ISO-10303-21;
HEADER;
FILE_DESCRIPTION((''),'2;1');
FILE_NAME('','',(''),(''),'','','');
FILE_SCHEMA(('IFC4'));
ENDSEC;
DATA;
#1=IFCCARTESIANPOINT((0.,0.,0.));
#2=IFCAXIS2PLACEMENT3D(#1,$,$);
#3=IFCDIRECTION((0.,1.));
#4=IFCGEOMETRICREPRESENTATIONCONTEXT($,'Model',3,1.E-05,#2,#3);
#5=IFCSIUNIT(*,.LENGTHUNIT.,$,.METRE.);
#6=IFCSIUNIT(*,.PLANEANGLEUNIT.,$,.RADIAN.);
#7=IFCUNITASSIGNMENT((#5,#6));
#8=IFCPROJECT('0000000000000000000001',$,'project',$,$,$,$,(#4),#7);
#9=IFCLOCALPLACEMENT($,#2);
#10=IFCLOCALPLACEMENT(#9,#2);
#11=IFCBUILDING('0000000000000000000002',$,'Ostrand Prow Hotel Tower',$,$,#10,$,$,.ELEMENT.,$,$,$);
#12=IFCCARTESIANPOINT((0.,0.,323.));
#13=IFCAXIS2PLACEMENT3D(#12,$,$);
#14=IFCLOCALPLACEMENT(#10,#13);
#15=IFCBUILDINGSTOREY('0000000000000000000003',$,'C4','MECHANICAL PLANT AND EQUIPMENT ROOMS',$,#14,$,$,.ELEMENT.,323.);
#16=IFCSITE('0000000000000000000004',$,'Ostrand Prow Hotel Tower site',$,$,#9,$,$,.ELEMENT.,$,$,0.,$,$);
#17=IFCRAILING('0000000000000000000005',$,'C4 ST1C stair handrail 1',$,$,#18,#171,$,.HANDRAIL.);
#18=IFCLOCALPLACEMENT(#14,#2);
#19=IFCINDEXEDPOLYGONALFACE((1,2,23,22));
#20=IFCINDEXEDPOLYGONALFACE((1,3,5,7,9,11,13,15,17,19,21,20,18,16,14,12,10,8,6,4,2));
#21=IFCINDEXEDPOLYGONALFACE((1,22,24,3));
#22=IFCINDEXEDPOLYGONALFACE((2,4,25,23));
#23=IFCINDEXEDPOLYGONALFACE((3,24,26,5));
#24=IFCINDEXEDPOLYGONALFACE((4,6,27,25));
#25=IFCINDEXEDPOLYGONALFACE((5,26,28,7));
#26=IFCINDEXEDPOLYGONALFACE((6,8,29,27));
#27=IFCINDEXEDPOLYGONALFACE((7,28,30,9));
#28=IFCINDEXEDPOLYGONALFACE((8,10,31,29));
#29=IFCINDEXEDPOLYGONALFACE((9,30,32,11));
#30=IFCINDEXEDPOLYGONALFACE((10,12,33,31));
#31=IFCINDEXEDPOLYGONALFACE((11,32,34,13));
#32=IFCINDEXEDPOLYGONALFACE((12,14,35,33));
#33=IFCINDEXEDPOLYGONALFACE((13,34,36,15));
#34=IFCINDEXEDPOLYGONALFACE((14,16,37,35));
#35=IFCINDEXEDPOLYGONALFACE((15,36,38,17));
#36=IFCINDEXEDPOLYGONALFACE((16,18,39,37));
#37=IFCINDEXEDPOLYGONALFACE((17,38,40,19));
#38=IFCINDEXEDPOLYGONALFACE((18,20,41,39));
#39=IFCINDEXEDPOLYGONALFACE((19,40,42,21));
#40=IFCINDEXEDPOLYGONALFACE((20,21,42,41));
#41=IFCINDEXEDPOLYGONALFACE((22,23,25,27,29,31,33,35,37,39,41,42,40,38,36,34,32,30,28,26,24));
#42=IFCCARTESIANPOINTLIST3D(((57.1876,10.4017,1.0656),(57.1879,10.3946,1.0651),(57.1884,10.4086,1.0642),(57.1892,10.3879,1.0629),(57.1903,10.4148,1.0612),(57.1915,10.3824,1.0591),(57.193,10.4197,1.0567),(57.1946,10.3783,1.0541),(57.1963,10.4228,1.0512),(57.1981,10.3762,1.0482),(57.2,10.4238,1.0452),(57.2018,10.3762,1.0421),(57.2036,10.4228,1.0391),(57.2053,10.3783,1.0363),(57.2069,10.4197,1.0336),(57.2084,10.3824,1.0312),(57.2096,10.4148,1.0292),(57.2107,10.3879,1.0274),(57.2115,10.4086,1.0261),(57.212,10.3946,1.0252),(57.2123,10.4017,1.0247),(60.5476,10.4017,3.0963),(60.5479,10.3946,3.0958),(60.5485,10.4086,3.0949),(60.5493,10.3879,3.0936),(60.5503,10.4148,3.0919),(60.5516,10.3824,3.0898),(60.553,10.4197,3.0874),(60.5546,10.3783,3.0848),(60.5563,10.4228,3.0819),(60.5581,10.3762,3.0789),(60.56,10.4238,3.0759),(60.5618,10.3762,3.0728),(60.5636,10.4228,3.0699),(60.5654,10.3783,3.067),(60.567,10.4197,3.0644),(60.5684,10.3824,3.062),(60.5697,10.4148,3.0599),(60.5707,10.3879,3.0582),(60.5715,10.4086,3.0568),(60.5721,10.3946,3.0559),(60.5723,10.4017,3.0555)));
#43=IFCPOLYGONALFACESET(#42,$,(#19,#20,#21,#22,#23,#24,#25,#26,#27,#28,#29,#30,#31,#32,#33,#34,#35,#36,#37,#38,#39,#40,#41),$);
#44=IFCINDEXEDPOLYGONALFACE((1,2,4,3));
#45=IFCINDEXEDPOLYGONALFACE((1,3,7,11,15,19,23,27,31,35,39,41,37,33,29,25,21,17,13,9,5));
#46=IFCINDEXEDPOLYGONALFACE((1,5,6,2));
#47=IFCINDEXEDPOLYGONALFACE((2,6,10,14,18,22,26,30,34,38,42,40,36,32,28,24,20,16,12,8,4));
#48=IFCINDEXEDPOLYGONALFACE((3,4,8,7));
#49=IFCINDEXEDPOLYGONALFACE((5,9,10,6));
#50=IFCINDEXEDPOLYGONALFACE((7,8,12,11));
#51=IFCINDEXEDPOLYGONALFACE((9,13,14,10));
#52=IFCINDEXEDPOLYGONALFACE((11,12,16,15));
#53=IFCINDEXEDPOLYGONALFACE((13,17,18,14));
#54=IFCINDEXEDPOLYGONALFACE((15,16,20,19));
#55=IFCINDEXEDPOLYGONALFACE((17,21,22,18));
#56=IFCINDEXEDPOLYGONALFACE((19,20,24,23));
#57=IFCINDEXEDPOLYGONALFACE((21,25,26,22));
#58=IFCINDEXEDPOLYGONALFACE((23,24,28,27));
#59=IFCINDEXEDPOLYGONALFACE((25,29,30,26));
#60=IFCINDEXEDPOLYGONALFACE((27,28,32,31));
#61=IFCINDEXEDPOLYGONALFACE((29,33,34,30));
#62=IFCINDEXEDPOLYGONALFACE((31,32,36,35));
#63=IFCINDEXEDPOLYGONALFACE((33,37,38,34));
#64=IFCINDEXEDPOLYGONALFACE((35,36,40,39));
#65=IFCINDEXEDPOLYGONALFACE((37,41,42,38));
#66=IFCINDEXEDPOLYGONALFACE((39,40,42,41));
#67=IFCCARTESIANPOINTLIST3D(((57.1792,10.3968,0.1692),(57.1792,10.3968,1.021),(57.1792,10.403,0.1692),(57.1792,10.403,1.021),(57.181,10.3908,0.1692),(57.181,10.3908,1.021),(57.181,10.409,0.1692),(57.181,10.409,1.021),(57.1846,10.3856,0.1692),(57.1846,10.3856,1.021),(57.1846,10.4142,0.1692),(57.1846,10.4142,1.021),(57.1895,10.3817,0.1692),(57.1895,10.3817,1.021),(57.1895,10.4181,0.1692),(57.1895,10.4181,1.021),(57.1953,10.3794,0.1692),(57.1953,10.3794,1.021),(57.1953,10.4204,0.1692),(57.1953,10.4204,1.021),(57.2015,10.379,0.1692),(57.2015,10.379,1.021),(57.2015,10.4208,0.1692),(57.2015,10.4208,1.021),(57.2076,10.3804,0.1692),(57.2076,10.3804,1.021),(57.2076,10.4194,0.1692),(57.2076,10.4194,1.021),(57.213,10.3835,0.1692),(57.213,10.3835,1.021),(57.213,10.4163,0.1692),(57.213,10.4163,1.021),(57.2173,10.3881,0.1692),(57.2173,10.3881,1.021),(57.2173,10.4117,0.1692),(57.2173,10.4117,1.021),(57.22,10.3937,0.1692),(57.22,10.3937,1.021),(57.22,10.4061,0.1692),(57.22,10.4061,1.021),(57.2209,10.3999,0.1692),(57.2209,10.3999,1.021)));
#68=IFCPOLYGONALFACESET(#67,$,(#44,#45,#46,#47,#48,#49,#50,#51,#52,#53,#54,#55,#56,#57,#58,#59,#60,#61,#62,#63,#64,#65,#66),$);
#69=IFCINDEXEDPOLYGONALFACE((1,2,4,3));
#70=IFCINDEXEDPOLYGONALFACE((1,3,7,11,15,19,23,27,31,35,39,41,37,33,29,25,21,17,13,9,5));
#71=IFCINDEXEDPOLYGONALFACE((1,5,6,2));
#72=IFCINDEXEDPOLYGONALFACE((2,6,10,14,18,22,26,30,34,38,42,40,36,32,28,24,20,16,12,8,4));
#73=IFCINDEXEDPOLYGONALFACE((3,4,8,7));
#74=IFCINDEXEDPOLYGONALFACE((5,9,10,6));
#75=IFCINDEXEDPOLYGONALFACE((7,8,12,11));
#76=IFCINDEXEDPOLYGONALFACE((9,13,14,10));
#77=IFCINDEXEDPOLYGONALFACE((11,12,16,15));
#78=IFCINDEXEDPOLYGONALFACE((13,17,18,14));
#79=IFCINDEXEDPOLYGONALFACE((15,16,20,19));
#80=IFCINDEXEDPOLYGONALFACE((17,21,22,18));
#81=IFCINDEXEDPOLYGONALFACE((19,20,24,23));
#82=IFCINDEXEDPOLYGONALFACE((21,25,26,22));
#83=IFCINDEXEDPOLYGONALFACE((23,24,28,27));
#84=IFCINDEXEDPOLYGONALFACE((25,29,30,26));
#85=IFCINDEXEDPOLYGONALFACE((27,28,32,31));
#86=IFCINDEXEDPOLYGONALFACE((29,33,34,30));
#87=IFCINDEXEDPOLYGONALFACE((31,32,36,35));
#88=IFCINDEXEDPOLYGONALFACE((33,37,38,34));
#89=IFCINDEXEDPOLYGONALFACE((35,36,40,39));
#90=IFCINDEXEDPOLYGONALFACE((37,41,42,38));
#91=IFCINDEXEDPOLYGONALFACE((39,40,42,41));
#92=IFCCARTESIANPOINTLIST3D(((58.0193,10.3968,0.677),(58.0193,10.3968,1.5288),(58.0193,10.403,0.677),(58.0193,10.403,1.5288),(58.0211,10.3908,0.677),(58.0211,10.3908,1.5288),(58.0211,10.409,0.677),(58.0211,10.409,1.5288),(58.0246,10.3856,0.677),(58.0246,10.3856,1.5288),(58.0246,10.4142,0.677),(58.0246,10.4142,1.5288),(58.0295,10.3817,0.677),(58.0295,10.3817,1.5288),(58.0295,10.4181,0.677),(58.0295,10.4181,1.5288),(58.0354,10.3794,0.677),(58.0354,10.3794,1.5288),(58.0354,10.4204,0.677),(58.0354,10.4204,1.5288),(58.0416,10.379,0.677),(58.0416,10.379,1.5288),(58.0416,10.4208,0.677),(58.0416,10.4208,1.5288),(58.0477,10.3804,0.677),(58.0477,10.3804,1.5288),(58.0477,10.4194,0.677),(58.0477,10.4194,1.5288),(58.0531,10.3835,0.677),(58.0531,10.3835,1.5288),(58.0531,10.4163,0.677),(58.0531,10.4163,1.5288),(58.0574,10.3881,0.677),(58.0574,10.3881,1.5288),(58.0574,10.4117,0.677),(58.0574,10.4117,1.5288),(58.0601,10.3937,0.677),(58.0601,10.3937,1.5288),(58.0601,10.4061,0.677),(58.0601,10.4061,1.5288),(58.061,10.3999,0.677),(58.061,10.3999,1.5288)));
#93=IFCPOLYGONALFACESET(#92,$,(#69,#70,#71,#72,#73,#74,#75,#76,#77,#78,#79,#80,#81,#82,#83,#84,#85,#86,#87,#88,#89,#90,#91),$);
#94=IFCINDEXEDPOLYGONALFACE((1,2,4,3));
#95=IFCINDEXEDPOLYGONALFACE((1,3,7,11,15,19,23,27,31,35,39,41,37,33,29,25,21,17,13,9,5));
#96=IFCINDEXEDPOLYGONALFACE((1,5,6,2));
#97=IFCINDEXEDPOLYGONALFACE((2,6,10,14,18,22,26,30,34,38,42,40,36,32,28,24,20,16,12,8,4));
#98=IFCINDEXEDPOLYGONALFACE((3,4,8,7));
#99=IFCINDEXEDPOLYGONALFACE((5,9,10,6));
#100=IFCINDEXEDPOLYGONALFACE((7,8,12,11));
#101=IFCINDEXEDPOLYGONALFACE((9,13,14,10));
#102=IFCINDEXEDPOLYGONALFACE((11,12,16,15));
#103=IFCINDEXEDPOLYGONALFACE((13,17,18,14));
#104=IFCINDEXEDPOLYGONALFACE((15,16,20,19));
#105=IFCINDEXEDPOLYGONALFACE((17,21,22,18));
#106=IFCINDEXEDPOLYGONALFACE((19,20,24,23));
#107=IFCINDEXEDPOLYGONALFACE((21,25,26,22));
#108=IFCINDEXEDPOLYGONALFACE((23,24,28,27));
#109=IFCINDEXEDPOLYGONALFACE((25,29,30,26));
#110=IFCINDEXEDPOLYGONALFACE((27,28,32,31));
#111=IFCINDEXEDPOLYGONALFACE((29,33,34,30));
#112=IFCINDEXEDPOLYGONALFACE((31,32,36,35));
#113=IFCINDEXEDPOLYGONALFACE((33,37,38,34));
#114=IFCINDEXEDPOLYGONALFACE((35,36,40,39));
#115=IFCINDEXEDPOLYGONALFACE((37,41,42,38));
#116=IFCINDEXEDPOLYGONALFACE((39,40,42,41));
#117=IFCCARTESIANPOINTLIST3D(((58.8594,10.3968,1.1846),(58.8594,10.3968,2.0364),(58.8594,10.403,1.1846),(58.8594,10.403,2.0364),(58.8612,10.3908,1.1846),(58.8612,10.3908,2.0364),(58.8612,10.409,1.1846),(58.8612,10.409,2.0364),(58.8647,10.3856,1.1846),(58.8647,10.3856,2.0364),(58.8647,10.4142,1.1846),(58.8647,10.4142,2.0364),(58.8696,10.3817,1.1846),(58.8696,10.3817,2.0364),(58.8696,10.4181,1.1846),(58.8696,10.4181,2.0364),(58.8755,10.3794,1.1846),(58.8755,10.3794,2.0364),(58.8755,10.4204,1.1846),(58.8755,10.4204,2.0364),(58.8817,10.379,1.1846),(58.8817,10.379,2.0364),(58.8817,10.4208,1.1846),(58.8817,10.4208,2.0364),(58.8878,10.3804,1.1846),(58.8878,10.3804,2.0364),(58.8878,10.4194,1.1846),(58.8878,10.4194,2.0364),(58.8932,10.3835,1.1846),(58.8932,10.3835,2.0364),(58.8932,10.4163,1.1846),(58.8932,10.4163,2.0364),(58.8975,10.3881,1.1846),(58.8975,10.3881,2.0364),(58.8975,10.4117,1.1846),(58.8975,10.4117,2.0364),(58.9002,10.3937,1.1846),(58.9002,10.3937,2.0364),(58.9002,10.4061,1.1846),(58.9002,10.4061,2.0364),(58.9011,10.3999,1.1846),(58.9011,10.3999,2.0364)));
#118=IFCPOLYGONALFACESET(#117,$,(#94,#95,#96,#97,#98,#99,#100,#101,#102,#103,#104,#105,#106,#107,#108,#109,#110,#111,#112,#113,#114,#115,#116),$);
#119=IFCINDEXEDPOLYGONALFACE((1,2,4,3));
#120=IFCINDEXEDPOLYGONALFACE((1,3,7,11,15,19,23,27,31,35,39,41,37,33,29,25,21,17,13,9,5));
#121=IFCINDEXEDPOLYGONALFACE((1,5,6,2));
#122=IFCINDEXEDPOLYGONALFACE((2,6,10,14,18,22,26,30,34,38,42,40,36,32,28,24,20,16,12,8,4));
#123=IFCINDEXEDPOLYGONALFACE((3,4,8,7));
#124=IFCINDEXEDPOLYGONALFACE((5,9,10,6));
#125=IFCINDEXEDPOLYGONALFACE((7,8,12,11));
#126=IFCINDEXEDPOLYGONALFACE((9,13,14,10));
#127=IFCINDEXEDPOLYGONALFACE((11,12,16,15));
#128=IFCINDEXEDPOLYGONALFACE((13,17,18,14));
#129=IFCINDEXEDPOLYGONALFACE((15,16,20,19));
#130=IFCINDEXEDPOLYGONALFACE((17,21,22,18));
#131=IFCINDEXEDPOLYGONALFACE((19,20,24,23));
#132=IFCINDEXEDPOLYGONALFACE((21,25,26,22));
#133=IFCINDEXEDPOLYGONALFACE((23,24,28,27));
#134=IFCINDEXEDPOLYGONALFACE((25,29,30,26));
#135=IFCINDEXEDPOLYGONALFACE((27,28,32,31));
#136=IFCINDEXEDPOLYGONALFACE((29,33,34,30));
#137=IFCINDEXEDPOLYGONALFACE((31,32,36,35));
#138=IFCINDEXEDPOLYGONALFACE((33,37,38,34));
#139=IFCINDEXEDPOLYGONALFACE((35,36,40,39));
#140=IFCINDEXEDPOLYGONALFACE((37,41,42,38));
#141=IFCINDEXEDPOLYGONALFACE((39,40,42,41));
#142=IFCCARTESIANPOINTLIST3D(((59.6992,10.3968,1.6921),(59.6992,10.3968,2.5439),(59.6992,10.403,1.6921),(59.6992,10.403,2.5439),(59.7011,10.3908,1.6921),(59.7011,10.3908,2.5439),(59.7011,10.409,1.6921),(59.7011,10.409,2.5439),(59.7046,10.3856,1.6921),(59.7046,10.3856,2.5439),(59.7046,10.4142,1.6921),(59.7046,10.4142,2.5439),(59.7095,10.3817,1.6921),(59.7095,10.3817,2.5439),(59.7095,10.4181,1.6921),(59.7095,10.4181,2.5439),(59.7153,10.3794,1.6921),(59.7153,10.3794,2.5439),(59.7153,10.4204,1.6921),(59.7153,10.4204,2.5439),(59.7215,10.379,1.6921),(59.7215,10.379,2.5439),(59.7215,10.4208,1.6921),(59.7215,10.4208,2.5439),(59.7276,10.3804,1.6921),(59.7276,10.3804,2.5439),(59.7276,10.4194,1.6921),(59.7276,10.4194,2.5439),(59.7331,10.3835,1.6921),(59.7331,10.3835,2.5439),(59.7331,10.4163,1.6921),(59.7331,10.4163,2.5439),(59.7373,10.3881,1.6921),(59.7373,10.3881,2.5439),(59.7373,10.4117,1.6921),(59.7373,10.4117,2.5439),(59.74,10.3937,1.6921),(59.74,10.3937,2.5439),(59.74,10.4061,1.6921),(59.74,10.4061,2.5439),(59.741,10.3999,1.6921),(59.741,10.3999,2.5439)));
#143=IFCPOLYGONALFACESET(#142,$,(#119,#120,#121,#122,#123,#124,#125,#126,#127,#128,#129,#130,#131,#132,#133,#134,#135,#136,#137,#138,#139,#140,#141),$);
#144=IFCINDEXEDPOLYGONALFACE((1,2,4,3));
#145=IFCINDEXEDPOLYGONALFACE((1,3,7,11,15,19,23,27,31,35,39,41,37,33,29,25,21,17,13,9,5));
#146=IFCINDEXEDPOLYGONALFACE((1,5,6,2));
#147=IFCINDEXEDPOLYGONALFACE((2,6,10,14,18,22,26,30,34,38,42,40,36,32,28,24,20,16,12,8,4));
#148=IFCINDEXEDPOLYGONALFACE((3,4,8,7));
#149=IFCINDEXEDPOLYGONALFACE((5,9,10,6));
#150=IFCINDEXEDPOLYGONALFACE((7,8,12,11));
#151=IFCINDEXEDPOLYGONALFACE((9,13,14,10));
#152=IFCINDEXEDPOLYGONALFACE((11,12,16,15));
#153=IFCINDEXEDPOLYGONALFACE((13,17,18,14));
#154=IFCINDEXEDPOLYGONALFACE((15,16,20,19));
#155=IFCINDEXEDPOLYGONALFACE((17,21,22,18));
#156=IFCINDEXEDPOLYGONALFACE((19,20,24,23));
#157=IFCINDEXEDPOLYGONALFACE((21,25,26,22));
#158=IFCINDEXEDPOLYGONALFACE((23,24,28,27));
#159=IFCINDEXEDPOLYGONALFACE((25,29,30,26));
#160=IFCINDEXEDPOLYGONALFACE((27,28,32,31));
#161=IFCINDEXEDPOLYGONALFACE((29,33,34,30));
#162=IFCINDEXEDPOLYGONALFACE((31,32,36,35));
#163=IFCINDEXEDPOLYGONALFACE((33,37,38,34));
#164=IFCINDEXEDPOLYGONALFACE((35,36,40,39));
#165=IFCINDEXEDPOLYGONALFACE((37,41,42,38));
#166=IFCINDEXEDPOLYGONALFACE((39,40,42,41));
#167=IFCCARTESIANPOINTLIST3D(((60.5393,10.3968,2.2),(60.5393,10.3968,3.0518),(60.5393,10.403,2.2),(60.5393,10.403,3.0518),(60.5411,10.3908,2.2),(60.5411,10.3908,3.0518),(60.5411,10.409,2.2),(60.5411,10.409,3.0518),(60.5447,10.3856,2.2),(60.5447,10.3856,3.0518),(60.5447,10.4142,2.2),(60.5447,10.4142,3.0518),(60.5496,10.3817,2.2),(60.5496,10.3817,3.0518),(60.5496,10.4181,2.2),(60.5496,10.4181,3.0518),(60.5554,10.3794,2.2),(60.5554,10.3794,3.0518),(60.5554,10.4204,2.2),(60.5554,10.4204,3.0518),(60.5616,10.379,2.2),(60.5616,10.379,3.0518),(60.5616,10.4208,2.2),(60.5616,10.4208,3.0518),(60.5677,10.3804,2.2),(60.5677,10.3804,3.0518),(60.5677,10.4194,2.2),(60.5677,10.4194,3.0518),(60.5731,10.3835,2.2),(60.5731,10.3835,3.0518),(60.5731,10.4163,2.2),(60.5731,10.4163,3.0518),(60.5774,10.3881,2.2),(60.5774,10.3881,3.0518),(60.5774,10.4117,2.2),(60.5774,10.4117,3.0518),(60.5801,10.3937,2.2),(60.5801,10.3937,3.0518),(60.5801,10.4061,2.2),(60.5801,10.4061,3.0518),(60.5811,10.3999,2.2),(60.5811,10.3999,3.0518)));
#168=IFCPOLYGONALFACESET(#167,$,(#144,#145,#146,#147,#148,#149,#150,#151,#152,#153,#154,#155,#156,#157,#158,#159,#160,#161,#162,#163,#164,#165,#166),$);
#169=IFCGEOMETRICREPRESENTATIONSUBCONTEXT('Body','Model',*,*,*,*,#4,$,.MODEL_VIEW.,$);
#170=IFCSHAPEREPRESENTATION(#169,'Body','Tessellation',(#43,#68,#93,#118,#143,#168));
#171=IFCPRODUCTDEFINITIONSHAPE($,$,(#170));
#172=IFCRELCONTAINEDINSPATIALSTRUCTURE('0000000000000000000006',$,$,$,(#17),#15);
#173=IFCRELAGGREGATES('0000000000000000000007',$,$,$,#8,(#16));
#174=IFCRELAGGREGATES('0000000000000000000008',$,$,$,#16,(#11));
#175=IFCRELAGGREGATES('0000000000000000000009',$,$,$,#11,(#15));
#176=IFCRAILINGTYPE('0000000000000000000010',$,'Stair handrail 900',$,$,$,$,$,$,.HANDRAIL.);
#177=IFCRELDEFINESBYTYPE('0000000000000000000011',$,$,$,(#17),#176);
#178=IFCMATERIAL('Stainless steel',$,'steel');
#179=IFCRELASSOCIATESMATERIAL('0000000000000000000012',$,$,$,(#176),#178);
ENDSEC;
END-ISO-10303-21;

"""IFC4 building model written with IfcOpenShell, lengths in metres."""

from ifc_helpers import new_model, si_unit, direction, frame, origin, origin_2d, place, context, subcontext, project, spatial, circle, extrude, material, type_object, element, save


model = new_model("IFC4")

# Units and contexts
model_context = context("Model", 3, precision=1e-05, world=origin(), true_north=direction((0.0, 1.0)))
body_context = subcontext(model_context, "Body", "Model", "MODEL_VIEW")
ifc_project = project(units=[si_unit("LENGTHUNIT", "METRE"), si_unit("PLANEANGLEUNIT", "RADIAN")], contexts=[model_context])

# Site, building, storey
site_placement = place(None, origin())
site = spatial("IfcSite", under=ifc_project, at=site_placement, Name="Ostrand Prow Hotel Tower site", CompositionType="ELEMENT", RefElevation=0.0)
building_placement = place(site_placement, origin())
building = spatial("IfcBuilding", under=site, at=building_placement, Name="Ostrand Prow Hotel Tower", CompositionType="ELEMENT")
storey_placement = place(building_placement, frame((0.0, 0.0, 323.0)))
storey = spatial("IfcBuildingStorey", under=building, at=storey_placement, Name="C4", Description="MECHANICAL PLANT AND EQUIPMENT ROOMS", CompositionType="ELEMENT", Elevation=323.0)

# Railing
ifc_material_1 = material(Name="Stainless steel", Category="steel")
railing_type_1 = type_object("IfcRailingType", Name="Stair handrail 900", PredefinedType="HANDRAIL", material=ifc_material_1)
railing_1_placement = place(storey_placement, frame((57.2, 10.3999, 0.1692)))
element("IfcRailing", 1, at=railing_1_placement, inside=storey, type_object=railing_type_1, Name="C4 ST1C stair handrail 1", PredefinedType="HANDRAIL", context=body_context, shape_type="SweptSolid", body=[
    extrude(circle(Radius=0.0239, at=origin_2d()), frame((0.0, 0.0, 0.876), z_axis=(0.855837, 0.0, 0.517246), x_axis=(0.0, 1.0, 0.0)), (0.0, 0.0, 1.0), 3.926),
    extrude(circle(Radius=0.021, at=origin_2d()), origin(), (0.0, 0.0, 1.0), 0.8518),
    extrude(circle(Radius=0.021, at=origin_2d()), frame((0.8401, 0.0, 0.5078)), (0.0, 0.0, 1.0), 0.8518),
    extrude(circle(Radius=0.021, at=origin_2d()), frame((1.6802, 0.0, 1.0154)), (0.0, 0.0, 1.0), 0.8518),
    extrude(circle(Radius=0.021, at=origin_2d()), frame((2.52, 0.0, 1.5229)), (0.0, 0.0, 1.0), 0.8518),
    extrude(circle(Radius=0.021, at=origin_2d()), frame((3.3601, 0.0, 2.0308)), (0.0, 0.0, 1.0), 0.8518),
])

save(model, "model.ifc")
